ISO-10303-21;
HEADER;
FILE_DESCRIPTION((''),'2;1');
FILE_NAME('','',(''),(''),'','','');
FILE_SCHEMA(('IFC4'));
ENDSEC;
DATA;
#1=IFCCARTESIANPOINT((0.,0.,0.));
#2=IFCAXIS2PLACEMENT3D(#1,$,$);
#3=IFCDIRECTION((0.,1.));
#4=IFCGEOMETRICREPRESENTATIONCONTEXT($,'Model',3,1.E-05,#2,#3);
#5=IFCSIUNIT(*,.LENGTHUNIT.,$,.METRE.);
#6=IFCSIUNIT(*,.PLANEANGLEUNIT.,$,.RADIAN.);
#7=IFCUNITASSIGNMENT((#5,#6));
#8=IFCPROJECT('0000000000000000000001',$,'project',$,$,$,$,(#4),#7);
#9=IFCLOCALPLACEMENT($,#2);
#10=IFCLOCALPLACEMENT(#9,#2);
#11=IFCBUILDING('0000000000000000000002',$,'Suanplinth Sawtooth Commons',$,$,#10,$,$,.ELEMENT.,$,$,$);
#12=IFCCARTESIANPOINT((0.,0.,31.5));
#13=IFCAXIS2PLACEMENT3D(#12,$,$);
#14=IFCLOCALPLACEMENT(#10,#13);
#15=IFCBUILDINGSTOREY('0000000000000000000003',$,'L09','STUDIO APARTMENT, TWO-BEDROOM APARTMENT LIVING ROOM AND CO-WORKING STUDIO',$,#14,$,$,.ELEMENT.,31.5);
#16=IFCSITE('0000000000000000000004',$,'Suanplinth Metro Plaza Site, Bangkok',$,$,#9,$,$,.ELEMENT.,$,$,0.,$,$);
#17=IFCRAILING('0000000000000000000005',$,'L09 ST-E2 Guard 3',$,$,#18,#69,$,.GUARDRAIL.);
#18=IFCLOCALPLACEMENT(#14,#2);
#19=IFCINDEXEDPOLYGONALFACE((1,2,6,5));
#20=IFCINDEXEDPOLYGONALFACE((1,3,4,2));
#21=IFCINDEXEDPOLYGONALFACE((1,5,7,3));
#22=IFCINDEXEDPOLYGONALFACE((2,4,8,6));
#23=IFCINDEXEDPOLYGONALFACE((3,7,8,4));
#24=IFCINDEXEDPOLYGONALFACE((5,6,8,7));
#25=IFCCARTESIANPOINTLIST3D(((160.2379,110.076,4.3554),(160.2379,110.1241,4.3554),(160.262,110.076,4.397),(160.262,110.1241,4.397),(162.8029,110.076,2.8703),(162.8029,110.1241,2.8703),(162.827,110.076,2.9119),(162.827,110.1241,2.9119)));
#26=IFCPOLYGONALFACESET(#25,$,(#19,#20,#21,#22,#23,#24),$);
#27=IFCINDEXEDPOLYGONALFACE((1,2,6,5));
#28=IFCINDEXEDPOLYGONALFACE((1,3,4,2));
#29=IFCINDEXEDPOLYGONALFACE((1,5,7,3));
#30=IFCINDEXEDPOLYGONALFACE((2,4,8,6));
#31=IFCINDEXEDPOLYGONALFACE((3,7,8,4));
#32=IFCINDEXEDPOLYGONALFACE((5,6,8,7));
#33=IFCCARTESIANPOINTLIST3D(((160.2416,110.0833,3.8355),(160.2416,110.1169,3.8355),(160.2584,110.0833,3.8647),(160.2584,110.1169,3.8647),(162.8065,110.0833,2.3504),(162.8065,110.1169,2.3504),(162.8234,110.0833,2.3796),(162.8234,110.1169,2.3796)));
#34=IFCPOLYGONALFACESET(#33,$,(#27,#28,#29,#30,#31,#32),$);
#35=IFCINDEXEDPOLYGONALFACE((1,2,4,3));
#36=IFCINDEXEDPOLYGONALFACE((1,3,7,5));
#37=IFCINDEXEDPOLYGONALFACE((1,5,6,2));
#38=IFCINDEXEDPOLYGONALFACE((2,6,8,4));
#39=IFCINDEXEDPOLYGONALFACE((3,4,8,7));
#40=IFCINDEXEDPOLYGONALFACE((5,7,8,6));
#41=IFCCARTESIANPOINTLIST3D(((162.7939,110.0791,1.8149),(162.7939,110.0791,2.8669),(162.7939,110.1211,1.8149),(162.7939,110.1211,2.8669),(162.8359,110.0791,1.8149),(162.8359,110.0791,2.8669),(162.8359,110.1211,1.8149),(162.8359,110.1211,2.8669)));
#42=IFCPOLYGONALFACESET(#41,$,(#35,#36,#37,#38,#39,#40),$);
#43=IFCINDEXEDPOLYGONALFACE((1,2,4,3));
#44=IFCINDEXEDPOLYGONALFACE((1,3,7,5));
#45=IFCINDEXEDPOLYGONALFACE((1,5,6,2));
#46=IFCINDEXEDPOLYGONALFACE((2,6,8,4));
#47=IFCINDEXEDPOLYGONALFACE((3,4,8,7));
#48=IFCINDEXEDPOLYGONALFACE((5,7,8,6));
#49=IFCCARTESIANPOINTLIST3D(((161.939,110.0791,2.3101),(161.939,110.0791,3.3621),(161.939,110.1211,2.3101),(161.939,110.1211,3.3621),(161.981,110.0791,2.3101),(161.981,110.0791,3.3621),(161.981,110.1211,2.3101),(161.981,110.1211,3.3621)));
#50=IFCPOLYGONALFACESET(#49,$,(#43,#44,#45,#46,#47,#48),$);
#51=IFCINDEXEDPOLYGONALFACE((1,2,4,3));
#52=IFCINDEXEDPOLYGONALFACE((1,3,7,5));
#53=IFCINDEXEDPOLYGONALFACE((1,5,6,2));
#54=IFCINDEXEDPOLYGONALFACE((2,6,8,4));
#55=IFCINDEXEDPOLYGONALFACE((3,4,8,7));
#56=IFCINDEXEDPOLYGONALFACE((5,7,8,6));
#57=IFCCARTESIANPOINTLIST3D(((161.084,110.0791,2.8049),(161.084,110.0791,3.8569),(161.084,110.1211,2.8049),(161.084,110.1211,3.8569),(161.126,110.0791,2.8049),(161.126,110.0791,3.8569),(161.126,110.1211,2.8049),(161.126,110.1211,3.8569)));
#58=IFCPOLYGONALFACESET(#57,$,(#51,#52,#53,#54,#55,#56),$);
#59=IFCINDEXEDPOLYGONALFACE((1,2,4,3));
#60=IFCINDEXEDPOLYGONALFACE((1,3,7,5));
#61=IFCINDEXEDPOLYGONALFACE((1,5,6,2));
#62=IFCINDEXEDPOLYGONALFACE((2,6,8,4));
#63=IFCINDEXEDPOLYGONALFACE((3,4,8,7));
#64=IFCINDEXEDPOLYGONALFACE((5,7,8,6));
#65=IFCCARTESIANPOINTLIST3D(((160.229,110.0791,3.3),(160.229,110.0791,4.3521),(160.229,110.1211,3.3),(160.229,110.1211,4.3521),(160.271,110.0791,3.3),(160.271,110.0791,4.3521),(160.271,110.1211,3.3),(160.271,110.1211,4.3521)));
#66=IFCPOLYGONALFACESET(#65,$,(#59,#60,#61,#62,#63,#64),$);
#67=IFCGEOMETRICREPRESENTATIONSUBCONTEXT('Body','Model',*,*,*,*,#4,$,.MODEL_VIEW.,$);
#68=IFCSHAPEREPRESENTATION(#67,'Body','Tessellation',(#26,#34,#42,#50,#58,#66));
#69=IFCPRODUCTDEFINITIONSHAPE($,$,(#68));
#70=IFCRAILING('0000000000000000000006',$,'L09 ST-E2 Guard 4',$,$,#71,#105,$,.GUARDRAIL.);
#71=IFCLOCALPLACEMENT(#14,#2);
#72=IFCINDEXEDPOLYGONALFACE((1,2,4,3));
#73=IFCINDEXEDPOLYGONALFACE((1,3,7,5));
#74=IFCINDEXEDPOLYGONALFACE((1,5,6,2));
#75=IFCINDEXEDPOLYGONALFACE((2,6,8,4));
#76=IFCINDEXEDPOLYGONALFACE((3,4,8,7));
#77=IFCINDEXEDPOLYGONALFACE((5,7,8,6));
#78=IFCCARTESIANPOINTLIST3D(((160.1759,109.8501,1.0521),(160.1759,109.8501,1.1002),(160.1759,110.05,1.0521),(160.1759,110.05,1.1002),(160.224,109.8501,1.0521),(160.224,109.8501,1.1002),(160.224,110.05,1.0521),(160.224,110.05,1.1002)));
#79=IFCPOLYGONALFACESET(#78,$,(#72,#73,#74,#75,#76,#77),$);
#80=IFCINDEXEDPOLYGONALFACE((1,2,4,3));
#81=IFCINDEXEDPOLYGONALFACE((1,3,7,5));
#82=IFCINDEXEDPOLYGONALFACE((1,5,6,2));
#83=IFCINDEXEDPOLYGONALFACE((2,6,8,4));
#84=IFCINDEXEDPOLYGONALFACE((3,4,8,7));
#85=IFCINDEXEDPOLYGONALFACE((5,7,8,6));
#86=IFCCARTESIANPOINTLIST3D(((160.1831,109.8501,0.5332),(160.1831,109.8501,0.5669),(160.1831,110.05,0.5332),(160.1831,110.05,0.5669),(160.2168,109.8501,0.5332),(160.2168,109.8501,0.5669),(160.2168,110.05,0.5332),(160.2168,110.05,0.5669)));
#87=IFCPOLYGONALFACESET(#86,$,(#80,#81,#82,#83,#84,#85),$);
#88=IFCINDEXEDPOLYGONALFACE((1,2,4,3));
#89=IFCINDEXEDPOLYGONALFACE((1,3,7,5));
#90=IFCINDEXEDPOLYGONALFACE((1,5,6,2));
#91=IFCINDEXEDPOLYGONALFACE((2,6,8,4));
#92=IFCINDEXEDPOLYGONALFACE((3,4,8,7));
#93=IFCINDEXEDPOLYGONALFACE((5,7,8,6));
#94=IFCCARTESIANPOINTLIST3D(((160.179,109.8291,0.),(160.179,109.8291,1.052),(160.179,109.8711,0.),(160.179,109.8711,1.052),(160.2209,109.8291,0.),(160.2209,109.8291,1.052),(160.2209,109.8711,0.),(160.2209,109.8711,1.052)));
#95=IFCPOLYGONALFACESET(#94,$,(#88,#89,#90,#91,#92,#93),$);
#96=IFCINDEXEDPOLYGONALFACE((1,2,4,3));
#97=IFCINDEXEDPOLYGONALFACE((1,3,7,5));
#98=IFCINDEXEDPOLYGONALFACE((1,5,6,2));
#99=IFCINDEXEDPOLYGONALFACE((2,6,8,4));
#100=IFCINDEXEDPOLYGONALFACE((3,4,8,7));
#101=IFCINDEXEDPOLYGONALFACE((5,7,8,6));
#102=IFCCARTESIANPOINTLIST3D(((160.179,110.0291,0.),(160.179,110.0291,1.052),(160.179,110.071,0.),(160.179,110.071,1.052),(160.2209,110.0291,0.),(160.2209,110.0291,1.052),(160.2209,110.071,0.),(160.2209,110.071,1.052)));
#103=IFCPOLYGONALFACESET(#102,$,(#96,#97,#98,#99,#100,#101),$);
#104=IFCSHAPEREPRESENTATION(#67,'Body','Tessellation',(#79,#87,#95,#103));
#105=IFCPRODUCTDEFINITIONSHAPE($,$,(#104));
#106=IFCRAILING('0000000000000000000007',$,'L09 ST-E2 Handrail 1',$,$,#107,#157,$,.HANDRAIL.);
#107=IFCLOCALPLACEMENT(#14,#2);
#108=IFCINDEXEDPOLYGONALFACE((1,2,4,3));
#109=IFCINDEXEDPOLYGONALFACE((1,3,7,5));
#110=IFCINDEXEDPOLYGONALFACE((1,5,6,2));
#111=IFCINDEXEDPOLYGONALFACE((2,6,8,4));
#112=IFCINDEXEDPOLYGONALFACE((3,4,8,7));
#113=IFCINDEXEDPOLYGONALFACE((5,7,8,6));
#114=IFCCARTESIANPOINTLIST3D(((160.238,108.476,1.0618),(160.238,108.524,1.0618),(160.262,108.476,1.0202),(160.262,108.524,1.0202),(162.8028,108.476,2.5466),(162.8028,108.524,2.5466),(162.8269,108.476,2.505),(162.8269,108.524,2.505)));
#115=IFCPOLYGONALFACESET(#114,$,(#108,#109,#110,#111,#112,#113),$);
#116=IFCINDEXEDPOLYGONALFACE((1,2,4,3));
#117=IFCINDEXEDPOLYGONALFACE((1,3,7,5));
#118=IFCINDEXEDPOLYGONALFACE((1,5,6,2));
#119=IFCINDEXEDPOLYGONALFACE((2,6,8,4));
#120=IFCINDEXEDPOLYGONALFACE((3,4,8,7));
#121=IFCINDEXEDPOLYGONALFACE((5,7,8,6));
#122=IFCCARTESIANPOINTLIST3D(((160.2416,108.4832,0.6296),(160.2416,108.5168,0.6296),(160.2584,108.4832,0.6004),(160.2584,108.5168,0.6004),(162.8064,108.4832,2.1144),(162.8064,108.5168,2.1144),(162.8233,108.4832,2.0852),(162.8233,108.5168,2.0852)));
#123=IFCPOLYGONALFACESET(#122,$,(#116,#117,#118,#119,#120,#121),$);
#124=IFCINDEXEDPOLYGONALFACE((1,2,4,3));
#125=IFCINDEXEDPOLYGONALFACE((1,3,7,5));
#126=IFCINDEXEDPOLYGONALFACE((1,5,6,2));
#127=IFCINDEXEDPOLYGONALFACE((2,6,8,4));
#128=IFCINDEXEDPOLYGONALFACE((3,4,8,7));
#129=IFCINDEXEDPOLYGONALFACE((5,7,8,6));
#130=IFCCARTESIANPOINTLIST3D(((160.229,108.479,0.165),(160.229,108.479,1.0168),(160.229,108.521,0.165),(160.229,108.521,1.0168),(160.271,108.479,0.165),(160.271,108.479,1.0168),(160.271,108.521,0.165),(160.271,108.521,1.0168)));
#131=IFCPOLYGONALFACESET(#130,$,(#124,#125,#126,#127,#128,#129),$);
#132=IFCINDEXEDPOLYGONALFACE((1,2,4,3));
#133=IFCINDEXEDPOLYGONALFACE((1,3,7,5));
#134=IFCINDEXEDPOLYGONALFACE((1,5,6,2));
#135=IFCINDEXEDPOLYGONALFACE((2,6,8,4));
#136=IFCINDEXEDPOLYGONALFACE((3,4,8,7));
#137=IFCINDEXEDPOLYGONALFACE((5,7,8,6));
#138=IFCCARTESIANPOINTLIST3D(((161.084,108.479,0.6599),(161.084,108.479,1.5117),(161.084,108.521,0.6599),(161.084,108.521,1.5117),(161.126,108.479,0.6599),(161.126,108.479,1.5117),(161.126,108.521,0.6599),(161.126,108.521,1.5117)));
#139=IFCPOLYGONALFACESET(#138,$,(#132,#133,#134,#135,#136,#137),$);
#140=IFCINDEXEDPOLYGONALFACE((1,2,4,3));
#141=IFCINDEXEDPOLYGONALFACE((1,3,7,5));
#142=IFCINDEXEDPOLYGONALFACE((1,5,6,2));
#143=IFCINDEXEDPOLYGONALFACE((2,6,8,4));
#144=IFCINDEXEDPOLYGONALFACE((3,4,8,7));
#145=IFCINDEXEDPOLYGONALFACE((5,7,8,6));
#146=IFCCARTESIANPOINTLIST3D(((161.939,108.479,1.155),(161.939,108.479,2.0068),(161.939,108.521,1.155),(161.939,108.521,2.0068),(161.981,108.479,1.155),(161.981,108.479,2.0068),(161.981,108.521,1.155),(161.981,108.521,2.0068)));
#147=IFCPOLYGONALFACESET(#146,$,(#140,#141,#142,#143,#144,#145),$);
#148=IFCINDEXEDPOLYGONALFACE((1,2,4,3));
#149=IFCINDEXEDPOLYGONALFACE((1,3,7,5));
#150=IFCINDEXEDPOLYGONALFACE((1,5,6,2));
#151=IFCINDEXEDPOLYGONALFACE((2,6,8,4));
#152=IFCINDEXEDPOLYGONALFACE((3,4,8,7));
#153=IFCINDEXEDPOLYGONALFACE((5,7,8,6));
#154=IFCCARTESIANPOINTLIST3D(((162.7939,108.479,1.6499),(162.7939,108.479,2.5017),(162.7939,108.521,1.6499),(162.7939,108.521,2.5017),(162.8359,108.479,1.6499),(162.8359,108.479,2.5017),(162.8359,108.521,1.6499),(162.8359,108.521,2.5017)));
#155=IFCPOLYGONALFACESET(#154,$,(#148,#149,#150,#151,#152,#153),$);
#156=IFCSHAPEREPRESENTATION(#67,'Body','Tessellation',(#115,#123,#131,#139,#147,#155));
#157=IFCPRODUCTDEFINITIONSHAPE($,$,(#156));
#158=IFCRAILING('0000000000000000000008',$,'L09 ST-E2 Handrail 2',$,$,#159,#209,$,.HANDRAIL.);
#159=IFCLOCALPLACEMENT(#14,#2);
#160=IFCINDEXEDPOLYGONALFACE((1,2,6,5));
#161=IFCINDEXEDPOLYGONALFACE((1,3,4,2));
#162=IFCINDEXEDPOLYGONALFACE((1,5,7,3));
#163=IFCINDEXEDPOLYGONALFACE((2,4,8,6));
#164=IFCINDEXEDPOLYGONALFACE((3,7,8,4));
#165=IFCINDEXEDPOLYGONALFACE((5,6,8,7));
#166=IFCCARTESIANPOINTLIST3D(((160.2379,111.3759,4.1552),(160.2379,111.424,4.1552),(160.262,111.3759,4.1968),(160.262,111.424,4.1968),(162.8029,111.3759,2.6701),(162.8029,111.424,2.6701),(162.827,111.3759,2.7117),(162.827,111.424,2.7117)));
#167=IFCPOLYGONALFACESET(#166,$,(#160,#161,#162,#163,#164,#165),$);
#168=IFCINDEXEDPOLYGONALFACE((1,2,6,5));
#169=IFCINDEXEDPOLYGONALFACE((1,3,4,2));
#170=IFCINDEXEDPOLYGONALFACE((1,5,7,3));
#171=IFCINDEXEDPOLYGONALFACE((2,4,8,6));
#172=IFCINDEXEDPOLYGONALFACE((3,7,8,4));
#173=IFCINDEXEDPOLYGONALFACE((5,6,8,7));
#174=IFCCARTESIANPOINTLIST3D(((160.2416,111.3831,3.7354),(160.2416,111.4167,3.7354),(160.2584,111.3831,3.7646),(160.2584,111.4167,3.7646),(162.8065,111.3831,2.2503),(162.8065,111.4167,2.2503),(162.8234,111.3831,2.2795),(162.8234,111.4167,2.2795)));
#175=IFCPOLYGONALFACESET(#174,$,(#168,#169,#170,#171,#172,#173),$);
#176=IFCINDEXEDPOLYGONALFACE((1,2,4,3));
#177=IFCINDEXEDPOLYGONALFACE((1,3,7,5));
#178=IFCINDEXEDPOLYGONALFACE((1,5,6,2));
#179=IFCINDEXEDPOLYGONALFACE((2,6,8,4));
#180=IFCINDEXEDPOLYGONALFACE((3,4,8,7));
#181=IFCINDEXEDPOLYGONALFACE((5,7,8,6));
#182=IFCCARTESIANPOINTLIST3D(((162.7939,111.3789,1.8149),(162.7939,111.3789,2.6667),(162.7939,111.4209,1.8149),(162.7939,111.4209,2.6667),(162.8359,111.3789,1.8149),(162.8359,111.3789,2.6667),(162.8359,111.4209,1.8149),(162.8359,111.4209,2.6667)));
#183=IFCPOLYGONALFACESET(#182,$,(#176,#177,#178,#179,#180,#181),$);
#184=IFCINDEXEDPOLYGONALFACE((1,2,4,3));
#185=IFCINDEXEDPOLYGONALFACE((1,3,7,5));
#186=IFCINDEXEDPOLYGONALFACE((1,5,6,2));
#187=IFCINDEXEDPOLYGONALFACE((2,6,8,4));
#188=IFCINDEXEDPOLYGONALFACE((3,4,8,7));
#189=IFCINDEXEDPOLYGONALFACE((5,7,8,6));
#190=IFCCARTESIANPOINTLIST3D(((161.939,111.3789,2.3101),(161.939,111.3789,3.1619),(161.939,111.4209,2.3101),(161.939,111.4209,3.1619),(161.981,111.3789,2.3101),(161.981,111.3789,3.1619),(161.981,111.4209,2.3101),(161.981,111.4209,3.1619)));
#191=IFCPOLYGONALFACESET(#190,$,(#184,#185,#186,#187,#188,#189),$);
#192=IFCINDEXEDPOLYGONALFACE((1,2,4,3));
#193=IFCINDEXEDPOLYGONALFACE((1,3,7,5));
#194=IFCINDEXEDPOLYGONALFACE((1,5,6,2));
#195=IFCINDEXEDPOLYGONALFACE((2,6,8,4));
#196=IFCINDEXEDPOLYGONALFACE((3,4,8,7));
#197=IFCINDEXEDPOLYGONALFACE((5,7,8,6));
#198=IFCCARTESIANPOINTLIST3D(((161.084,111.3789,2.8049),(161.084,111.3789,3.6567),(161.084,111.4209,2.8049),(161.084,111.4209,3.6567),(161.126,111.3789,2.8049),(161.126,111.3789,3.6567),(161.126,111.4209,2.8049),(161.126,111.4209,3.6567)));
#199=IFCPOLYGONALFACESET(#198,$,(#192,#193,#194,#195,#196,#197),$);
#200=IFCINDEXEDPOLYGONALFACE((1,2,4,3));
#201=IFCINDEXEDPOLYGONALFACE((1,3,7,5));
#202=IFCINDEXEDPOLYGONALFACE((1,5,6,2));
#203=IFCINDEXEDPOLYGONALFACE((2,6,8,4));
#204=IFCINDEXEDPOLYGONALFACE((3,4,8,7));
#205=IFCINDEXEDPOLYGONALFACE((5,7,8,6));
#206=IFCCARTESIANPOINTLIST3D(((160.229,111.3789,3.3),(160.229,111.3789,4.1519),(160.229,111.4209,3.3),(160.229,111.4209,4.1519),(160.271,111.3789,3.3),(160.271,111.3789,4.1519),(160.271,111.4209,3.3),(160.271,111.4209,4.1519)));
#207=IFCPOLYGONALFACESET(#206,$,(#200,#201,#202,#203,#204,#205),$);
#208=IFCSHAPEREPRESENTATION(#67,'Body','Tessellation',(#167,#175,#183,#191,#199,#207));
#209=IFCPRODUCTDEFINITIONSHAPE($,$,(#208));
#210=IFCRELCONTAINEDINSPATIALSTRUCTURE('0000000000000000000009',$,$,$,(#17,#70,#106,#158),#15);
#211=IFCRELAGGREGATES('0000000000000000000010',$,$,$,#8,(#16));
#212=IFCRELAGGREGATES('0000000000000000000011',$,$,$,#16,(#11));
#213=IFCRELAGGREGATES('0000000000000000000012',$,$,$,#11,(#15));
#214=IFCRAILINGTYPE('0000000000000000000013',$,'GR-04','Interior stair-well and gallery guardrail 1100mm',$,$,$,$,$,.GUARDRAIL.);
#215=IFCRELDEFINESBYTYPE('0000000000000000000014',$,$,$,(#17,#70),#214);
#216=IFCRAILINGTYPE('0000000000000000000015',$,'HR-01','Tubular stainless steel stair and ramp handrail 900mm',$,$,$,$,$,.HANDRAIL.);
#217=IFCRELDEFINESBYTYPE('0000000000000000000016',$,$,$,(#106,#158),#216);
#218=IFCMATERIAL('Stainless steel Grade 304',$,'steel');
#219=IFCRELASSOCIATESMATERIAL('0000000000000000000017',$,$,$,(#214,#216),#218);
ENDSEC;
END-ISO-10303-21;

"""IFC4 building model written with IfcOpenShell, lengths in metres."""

from ifc_helpers import new_model, si_unit, direction, frame, origin, origin_2d, place, context, subcontext, project, spatial, rectangle, extrude, material, type_object, element, save


model = new_model("IFC4")

# Units and contexts
model_context = context("Model", 3, precision=1e-05, world=origin(), true_north=direction((0.0, 1.0)))
body_context = subcontext(model_context, "Body", "Model", "MODEL_VIEW")
ifc_project = project(units=[si_unit("LENGTHUNIT", "METRE"), si_unit("PLANEANGLEUNIT", "RADIAN")], contexts=[model_context])

# Site, building, storey
site_placement = place(None, origin())
site = spatial("IfcSite", under=ifc_project, at=site_placement, Name="Suanplinth Metro Plaza Site, Bangkok", CompositionType="ELEMENT", RefElevation=0.0)
building_placement = place(site_placement, origin())
building = spatial("IfcBuilding", under=site, at=building_placement, Name="Suanplinth Sawtooth Commons", CompositionType="ELEMENT")
storey_placement = place(building_placement, frame((0.0, 0.0, 31.5)))
storey = spatial("IfcBuildingStorey", under=building, at=storey_placement, Name="L09", Description="STUDIO APARTMENT, TWO-BEDROOM APARTMENT LIVING ROOM AND CO-WORKING STUDIO", CompositionType="ELEMENT", Elevation=31.5)

# Shared definitions
ifc_material_1 = material(Name="Stainless steel Grade 304", Category="steel")

# Railings
railing_type_1 = type_object("IfcRailingType", Name="GR-04", Description="Interior stair-well and gallery guardrail 1100mm", PredefinedType="GUARDRAIL", material=ifc_material_1)
railing_1_placement = place(storey_placement, frame((162.8149, 110.1001, 1.8149)))
element("IfcRailing", 1, at=railing_1_placement, inside=storey, type_object=railing_type_1, Name="L09 ST-E2 Guard 3", PredefinedType="GUARDRAIL", context=body_context, shape_type="SweptSolid", body=[
    extrude(rectangle(XDim=0.0481, YDim=0.0481, at=origin_2d()), frame((0.0, 0.0, 1.0762), z_axis=(-0.865406, 0.0, 0.501072), x_axis=(0.0, -1.0, 0.0)), (0.0, 0.0, 1.0), 2.9639),
    extrude(rectangle(XDim=0.0337, YDim=0.0337, at=origin_2d()), frame((0.0, 0.0, 0.55), z_axis=(-0.865406, 0.0, 0.501072), x_axis=(0.0, -1.0, 0.0)), (0.0, 0.0, 1.0), 2.9639),
    extrude(rectangle(XDim=0.042, YDim=0.042, at=origin_2d()), origin(), (0.0, 0.0, 1.0), 1.052),
    extrude(rectangle(XDim=0.042, YDim=0.042, at=origin_2d()), frame((-0.855, 0.0, 0.4951)), (0.0, 0.0, 1.0), 1.052),
    extrude(rectangle(XDim=0.042, YDim=0.042, at=origin_2d()), frame((-1.71, 0.0, 0.99)), (0.0, 0.0, 1.0), 1.052),
    extrude(rectangle(XDim=0.042, YDim=0.042, at=origin_2d()), frame((-2.5649, 0.0, 1.4851)), (0.0, 0.0, 1.0), 1.052),
])
railing_2_placement = place(storey_placement, frame((160.2, 109.8501, 0.0)))
element("IfcRailing", 2, at=railing_2_placement, inside=storey, type_object=railing_type_1, Name="L09 ST-E2 Guard 4", PredefinedType="GUARDRAIL", context=body_context, shape_type="SweptSolid", body=[
    extrude(rectangle(XDim=0.0481, YDim=0.0481, at=origin_2d()), frame((0.0, 0.0, 1.0762), z_axis=(0.0, 1.0, 0.0), x_axis=(-1.0, 0.0, 0.0)), (0.0, 0.0, 1.0), 0.2),
    extrude(rectangle(XDim=0.0337, YDim=0.0337, at=origin_2d()), frame((0.0, 0.0, 0.55), z_axis=(0.0, 1.0, 0.0), x_axis=(-1.0, 0.0, 0.0)), (0.0, 0.0, 1.0), 0.2),
    extrude(rectangle(XDim=0.042, YDim=0.042, at=origin_2d()), origin(), (0.0, 0.0, 1.0), 1.052),
    extrude(rectangle(XDim=0.042, YDim=0.042, at=origin_2d()), frame((0.0, 0.2, 0.0)), (0.0, 0.0, 1.0), 1.052),
])
railing_type_2 = type_object("IfcRailingType", Name="HR-01", Description="Tubular stainless steel stair and ramp handrail 900mm", PredefinedType="HANDRAIL", material=ifc_material_1)
railing_3_placement = place(storey_placement, frame((160.25, 108.5, 0.165)))
element("IfcRailing", 3, at=railing_3_placement, inside=storey, type_object=railing_type_2, Name="L09 ST-E2 Handrail 1", PredefinedType="HANDRAIL", context=body_context, shape_type="SweptSolid", body=[
    extrude(rectangle(XDim=0.0481, YDim=0.0481, at=origin_2d()), frame((0.0, 0.0, 0.876), z_axis=(0.865441, 0.0, 0.50101), x_axis=(0.0, 1.0, 0.0)), (0.0, 0.0, 1.0), 2.9636),
    extrude(rectangle(XDim=0.0337, YDim=0.0337, at=origin_2d()), frame((0.0, 0.0, 0.45), z_axis=(0.865441, 0.0, 0.50101), x_axis=(0.0, 1.0, 0.0)), (0.0, 0.0, 1.0), 2.9636),
    extrude(rectangle(XDim=0.042, YDim=0.042, at=origin_2d()), origin(), (0.0, 0.0, 1.0), 0.8518),
    extrude(rectangle(XDim=0.042, YDim=0.042, at=origin_2d()), frame((0.855, 0.0, 0.4949)), (0.0, 0.0, 1.0), 0.8518),
    extrude(rectangle(XDim=0.042, YDim=0.042, at=origin_2d()), frame((1.71, 0.0, 0.99)), (0.0, 0.0, 1.0), 0.8518),
    extrude(rectangle(XDim=0.042, YDim=0.042, at=origin_2d()), frame((2.5649, 0.0, 1.4849)), (0.0, 0.0, 1.0), 0.8518),
])
railing_4_placement = place(storey_placement, frame((162.8149, 111.3999, 1.8149)))
element("IfcRailing", 4, at=railing_4_placement, inside=storey, type_object=railing_type_2, Name="L09 ST-E2 Handrail 2", PredefinedType="HANDRAIL", context=body_context, shape_type="SweptSolid", body=[
    extrude(rectangle(XDim=0.0481, YDim=0.0481, at=origin_2d()), frame((0.0, 0.0, 0.876), z_axis=(-0.865406, 0.0, 0.501072), x_axis=(0.0, -1.0, 0.0)), (0.0, 0.0, 1.0), 2.9639),
    extrude(rectangle(XDim=0.0337, YDim=0.0337, at=origin_2d()), frame((0.0, 0.0, 0.45), z_axis=(-0.865406, 0.0, 0.501072), x_axis=(0.0, -1.0, 0.0)), (0.0, 0.0, 1.0), 2.9639),
    extrude(rectangle(XDim=0.042, YDim=0.042, at=origin_2d()), origin(), (0.0, 0.0, 1.0), 0.8518),
    extrude(rectangle(XDim=0.042, YDim=0.042, at=origin_2d()), frame((-0.855, 0.0, 0.4951)), (0.0, 0.0, 1.0), 0.8518),
    extrude(rectangle(XDim=0.042, YDim=0.042, at=origin_2d()), frame((-1.71, 0.0, 0.99)), (0.0, 0.0, 1.0), 0.8518),
    extrude(rectangle(XDim=0.042, YDim=0.042, at=origin_2d()), frame((-2.5649, 0.0, 1.4851)), (0.0, 0.0, 1.0), 0.8518),
])

save(model, "model.ifc")
